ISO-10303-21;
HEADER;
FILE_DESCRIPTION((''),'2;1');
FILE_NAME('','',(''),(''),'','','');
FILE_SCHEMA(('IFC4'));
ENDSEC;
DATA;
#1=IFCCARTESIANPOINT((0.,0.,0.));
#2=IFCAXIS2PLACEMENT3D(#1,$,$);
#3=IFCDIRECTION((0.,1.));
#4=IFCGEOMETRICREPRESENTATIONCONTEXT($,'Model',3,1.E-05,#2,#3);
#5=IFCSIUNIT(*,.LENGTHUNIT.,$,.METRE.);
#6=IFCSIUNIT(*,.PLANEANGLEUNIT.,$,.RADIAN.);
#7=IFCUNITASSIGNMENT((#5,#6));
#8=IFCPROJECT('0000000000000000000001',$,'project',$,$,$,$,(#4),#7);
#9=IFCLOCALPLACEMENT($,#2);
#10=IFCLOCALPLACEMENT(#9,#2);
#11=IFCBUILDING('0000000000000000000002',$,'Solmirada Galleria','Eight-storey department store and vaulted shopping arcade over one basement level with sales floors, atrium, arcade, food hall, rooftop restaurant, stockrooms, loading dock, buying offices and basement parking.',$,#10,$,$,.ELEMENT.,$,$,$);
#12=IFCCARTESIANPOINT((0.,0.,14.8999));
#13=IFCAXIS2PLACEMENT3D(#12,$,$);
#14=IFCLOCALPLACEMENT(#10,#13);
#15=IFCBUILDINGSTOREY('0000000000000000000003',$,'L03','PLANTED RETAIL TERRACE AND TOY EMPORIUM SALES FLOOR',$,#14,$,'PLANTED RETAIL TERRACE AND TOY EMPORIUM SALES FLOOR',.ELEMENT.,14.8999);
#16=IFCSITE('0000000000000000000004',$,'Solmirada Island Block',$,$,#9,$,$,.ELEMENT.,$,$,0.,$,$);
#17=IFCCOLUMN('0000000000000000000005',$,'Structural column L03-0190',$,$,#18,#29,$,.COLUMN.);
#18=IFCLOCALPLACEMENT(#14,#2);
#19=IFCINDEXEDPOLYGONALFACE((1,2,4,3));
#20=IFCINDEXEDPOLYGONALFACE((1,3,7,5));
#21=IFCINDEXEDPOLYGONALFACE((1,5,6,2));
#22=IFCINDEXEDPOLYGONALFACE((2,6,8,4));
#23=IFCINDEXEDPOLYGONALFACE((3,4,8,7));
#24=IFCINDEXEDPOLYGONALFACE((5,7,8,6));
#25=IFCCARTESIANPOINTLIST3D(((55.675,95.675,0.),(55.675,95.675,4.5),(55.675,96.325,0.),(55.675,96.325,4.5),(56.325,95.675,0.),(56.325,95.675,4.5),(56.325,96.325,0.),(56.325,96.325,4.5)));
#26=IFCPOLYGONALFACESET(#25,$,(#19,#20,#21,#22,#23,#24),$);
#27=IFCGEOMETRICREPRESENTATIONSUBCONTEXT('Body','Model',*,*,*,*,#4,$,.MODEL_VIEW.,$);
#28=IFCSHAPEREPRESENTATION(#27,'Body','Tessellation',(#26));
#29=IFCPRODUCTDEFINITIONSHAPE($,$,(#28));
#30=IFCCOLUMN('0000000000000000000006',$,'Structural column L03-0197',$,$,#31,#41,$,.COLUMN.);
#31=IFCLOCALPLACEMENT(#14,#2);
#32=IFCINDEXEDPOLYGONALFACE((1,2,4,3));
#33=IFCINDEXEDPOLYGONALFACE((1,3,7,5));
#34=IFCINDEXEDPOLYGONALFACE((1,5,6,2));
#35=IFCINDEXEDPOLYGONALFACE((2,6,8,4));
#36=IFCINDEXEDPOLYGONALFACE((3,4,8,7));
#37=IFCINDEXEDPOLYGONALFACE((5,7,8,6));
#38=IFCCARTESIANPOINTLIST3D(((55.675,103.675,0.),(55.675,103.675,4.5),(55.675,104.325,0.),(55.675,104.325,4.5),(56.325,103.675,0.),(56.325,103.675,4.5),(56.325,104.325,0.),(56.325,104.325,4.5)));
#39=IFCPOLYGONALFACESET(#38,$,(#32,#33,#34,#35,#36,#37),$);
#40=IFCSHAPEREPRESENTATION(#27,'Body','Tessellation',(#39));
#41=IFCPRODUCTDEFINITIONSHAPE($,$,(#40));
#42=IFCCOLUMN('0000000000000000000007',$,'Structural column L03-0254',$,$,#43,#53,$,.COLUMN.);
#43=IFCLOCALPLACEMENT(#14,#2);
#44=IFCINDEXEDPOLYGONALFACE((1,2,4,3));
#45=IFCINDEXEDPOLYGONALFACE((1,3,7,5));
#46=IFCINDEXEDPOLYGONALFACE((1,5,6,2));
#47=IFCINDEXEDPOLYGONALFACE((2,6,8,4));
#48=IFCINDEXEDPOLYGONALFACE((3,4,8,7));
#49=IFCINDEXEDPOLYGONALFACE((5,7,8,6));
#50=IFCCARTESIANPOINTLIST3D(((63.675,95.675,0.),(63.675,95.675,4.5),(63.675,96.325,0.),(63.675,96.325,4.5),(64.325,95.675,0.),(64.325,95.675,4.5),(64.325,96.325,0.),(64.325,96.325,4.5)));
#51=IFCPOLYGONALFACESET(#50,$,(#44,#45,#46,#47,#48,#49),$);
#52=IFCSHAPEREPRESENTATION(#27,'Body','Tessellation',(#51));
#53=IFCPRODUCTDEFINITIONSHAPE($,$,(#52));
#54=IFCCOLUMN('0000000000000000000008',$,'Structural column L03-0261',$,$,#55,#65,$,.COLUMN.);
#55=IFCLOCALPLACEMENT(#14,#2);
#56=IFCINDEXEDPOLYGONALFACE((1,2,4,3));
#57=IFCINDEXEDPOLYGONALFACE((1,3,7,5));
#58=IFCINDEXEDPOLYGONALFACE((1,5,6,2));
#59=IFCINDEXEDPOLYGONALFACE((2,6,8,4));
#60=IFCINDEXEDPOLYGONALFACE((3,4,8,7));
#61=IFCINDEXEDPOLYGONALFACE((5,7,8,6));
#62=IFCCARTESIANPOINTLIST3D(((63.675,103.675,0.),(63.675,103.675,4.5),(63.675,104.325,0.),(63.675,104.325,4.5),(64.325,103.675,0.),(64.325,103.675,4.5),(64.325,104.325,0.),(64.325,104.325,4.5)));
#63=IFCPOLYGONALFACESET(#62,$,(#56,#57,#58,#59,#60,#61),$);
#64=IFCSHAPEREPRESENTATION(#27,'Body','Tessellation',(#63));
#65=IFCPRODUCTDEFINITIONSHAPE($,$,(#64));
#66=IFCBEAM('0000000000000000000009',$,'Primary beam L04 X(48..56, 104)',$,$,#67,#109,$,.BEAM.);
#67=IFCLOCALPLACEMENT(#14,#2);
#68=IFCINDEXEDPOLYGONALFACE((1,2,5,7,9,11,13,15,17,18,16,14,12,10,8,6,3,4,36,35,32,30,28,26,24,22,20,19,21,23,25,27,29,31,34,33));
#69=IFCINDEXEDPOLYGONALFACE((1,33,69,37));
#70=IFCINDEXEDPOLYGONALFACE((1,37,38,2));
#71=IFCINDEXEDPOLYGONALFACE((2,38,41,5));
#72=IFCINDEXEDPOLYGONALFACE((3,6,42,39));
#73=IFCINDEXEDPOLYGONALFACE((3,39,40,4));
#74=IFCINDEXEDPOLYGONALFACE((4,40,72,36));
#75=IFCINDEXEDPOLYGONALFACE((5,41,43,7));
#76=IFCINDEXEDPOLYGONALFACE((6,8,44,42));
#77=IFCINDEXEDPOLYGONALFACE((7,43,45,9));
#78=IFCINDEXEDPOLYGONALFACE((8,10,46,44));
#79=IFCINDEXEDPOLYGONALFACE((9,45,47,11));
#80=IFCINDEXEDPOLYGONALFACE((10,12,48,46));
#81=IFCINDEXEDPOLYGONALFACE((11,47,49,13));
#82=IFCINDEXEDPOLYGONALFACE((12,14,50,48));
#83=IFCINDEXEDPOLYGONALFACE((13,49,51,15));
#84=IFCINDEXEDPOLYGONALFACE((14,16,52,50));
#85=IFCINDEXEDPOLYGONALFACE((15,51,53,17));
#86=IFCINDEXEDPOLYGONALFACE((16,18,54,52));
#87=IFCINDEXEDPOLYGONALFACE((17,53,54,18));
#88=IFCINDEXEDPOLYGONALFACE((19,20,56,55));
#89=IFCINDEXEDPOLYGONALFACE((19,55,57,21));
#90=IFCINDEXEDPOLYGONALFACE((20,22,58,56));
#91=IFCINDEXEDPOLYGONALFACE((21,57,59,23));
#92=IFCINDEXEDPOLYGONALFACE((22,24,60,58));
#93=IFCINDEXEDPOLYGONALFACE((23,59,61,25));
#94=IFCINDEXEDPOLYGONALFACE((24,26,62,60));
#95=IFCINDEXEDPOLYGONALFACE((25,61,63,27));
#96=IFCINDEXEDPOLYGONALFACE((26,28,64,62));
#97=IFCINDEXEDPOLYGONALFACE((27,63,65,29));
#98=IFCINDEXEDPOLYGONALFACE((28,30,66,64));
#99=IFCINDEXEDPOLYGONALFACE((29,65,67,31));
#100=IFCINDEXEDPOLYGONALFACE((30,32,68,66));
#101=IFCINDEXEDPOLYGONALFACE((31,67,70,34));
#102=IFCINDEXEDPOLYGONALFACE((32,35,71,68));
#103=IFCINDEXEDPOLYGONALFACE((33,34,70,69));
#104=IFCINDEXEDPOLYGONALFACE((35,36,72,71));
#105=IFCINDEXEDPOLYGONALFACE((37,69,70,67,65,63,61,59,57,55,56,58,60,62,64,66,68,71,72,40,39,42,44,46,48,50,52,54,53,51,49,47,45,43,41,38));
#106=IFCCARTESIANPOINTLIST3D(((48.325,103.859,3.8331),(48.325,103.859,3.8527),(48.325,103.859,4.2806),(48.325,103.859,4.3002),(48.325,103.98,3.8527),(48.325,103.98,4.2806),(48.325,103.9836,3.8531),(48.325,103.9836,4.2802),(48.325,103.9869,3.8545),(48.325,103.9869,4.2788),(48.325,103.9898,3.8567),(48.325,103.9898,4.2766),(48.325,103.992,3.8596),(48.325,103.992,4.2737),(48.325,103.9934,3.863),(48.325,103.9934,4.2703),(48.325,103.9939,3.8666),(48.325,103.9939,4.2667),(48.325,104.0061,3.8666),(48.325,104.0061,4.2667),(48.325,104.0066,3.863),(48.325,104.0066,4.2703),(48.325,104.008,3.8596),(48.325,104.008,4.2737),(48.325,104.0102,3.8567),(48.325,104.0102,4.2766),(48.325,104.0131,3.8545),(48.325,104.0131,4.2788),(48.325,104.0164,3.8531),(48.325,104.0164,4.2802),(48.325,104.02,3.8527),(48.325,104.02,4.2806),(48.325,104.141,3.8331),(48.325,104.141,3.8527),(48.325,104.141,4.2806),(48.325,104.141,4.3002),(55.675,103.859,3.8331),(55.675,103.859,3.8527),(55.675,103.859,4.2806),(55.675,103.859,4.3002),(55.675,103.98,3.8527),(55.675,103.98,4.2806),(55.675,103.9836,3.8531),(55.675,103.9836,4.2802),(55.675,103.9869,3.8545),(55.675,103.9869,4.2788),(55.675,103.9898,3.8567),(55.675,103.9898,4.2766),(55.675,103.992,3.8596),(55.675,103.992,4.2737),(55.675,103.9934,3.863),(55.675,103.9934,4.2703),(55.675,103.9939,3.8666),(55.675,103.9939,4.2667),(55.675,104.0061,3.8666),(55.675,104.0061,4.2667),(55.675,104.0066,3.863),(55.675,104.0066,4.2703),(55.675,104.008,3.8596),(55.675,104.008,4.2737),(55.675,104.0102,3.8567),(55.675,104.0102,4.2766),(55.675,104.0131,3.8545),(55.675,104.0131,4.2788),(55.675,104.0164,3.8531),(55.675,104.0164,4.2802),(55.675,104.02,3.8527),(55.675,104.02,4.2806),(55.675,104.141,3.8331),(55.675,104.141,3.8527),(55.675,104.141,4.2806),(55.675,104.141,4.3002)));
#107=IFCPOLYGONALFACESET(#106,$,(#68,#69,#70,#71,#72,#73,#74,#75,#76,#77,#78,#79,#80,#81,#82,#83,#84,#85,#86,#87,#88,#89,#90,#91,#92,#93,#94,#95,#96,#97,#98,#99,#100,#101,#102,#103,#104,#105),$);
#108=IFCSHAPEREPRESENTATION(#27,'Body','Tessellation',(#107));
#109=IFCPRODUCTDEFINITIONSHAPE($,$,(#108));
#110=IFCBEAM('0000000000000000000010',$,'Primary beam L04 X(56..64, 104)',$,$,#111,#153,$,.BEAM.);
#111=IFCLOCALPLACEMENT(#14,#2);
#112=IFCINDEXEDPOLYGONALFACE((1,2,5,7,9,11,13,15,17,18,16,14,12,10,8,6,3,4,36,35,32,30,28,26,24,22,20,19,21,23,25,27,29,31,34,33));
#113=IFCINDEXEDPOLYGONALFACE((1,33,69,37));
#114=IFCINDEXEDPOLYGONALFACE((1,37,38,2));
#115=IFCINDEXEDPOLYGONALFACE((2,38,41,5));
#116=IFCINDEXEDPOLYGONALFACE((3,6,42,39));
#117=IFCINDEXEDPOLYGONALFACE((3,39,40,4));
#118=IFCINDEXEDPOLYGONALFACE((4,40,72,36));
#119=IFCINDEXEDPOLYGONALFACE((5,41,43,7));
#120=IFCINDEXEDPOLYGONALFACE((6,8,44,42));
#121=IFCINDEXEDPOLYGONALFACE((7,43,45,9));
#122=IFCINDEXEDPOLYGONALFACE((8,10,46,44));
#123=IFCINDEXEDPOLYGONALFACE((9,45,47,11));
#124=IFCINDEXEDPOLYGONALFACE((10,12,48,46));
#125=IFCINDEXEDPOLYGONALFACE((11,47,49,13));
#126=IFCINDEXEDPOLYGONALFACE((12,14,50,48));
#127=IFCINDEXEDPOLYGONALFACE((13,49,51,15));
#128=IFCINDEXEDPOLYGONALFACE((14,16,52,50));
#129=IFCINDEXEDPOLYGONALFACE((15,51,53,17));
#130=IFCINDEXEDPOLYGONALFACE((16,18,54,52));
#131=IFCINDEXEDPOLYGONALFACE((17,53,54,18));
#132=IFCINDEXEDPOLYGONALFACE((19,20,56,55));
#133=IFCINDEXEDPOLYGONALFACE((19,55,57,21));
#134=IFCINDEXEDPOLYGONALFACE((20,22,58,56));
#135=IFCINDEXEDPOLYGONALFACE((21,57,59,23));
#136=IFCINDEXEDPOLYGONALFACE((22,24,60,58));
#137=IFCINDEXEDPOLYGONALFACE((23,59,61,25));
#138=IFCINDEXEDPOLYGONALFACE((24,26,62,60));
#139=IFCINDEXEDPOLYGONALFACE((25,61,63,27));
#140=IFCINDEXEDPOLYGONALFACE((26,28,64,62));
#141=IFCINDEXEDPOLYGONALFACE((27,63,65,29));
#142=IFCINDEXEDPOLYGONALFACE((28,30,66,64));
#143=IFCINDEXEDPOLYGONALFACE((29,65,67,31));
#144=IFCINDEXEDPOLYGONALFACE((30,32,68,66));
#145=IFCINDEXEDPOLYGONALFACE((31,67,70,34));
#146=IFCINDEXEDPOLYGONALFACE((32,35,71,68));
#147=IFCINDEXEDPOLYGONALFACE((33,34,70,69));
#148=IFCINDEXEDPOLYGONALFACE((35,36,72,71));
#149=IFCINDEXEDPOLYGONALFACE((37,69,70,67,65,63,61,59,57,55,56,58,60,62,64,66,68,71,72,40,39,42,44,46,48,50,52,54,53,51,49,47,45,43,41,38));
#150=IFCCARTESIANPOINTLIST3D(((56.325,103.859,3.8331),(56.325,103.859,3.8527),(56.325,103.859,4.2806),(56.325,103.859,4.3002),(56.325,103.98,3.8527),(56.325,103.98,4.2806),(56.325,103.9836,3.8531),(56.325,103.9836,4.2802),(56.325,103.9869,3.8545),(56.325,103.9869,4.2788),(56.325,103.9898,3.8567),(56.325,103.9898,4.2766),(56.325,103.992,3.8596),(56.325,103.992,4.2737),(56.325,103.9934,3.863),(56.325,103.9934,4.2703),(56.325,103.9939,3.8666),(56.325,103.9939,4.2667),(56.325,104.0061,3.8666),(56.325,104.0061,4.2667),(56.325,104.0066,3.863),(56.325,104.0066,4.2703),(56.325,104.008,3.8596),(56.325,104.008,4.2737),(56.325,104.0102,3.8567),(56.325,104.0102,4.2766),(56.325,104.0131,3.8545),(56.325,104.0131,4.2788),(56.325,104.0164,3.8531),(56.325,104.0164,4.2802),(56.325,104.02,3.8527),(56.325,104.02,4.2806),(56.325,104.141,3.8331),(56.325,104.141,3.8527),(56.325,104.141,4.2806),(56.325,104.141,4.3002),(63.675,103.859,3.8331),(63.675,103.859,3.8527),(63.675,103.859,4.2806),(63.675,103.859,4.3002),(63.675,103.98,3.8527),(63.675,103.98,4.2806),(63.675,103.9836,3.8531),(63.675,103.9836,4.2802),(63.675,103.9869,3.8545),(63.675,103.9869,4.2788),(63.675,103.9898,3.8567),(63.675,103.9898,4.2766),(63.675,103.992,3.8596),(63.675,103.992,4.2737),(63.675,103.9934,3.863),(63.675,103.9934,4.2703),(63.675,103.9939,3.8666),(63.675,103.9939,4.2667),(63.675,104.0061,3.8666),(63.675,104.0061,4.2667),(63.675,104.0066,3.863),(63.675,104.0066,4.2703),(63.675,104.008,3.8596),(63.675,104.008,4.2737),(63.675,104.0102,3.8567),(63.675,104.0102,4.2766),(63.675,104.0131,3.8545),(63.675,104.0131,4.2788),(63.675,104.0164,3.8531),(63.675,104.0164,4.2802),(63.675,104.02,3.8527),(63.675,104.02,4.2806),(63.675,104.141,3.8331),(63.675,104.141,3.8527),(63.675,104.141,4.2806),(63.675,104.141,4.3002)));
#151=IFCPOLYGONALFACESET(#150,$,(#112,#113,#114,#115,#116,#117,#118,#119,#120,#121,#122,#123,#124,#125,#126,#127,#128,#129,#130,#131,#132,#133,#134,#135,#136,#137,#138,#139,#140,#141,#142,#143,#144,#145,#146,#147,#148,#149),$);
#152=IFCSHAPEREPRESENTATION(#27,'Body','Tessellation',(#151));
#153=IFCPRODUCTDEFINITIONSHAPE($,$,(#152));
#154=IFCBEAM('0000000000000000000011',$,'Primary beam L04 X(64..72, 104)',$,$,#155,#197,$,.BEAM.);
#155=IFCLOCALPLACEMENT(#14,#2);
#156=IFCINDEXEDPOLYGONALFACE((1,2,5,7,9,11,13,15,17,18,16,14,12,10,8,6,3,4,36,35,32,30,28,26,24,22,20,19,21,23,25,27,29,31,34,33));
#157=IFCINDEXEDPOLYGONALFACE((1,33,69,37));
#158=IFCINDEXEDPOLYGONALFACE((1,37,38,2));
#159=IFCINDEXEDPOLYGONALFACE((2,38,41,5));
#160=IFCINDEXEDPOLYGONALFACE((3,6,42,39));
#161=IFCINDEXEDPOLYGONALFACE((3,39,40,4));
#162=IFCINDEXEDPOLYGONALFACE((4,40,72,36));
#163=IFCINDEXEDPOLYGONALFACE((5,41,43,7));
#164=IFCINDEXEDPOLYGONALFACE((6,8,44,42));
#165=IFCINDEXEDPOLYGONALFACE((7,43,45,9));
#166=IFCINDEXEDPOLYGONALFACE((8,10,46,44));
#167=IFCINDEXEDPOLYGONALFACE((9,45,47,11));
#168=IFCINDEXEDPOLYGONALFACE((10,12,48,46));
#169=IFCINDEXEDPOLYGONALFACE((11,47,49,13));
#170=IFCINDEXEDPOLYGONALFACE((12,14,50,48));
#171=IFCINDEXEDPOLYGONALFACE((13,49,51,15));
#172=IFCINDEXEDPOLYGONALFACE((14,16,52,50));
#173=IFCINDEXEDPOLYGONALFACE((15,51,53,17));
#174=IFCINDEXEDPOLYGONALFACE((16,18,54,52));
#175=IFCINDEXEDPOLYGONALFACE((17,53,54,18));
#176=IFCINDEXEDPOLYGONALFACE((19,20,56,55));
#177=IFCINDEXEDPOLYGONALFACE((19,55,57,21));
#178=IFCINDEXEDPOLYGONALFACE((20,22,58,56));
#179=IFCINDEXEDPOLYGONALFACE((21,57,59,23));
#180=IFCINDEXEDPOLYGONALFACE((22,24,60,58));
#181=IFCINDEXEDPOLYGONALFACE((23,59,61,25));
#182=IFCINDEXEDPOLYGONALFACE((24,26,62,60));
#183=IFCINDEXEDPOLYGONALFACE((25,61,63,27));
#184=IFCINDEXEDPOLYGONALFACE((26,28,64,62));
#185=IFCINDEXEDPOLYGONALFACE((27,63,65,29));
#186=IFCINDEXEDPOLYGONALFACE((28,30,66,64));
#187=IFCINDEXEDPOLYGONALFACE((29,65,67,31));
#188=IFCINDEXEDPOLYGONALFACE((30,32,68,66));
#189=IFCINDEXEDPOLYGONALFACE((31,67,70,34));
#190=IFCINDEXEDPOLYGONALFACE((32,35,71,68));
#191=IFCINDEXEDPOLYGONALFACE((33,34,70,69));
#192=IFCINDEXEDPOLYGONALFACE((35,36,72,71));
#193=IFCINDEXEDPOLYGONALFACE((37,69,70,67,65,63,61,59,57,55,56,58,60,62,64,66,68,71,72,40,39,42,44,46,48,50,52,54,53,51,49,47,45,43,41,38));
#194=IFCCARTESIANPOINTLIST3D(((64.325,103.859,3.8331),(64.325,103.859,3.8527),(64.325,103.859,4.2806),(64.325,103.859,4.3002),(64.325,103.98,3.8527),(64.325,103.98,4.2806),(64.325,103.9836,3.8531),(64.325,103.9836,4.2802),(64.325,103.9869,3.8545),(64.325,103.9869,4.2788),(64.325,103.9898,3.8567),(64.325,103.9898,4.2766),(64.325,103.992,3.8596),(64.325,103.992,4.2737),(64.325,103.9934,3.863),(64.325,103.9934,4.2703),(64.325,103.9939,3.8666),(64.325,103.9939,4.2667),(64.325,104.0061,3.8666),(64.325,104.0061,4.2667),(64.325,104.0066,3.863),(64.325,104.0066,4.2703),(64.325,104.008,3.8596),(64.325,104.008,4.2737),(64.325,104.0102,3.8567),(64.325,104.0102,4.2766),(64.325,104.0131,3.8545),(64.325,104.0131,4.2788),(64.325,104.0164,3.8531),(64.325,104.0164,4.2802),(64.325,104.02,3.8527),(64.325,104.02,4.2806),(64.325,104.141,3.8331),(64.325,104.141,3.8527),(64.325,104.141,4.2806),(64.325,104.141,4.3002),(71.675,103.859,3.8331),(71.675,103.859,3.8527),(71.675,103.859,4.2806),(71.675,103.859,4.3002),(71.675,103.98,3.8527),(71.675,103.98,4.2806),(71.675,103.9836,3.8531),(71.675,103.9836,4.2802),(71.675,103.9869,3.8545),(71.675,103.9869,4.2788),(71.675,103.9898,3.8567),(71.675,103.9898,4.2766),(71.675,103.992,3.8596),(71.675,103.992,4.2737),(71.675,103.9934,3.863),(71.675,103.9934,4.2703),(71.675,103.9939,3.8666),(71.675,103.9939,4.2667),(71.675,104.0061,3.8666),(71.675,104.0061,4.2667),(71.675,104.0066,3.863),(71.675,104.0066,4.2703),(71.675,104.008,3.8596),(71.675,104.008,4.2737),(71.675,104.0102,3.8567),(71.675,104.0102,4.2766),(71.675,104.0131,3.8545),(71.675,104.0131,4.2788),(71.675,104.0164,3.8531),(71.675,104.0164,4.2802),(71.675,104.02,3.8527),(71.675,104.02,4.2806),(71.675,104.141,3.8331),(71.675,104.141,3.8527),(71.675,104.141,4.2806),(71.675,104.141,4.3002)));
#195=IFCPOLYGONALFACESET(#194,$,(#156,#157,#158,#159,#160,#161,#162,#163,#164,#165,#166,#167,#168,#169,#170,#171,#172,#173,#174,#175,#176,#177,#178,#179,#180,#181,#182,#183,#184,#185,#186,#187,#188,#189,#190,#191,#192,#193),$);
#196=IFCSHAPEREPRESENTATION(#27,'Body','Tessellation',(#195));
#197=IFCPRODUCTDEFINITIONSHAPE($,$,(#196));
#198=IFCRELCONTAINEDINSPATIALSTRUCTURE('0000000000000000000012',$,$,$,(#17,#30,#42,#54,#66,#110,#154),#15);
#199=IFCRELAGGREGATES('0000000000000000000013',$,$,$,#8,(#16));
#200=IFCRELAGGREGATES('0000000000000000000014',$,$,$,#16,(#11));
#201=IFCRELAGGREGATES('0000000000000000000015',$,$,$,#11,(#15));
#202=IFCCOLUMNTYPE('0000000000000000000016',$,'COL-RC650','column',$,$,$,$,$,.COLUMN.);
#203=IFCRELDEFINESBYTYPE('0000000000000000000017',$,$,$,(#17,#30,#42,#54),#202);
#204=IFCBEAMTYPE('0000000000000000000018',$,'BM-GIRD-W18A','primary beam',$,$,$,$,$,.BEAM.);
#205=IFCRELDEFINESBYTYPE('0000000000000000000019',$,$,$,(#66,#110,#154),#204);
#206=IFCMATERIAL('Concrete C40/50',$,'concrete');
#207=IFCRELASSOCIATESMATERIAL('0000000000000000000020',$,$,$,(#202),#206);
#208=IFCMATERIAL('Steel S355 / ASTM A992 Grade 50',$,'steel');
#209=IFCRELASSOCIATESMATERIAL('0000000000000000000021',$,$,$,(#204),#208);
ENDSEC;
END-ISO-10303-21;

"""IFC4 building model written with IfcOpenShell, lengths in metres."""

from ifc_helpers import new_model, si_unit, direction, frame, origin, origin_2d, place, context, subcontext, project, spatial, rectangle, i_section, extrude, material, material_profile, profile_set, type_object, element, save


model = new_model("IFC4")

# Units and contexts
model_context = context("Model", 3, precision=1e-05, world=origin(), true_north=direction((0.0, 1.0)))
body_context = subcontext(model_context, "Body", "Model", "MODEL_VIEW")
ifc_project = project(units=[si_unit("LENGTHUNIT", "METRE"), si_unit("PLANEANGLEUNIT", "RADIAN")], contexts=[model_context])

# Site, building, storey
site_placement = place(None, origin())
site = spatial("IfcSite", under=ifc_project, at=site_placement, Name="Solmirada Island Block", CompositionType="ELEMENT", RefElevation=0.0)
building_placement = place(site_placement, origin())
building = spatial("IfcBuilding", under=site, at=building_placement, Name="Solmirada Galleria", Description="Eight-storey department store and vaulted shopping arcade over one basement level with sales floors, atrium, arcade, food hall, rooftop restaurant, stockrooms, loading dock, buying offices and basement parking.", CompositionType="ELEMENT")
storey_placement = place(building_placement, frame((0.0, 0.0, 14.8999)))
storey = spatial("IfcBuildingStorey", under=building, at=storey_placement, Name="L03", Description="PLANTED RETAIL TERRACE AND TOY EMPORIUM SALES FLOOR", LongName="PLANTED RETAIL TERRACE AND TOY EMPORIUM SALES FLOOR", CompositionType="ELEMENT", Elevation=14.8999)

# Columns
ifc_material_1 = material(Name="Concrete C40/50", Category="concrete")
ifc_material_profile_1 = material_profile(ifc_material_1, rectangle(XDim=0.6499, YDim=0.6499, at=origin_2d()), Name="RC650X650")
ifc_profile_set_1 = profile_set([ifc_material_profile_1], Name="Concrete C40/50")
column_type = type_object("IfcColumnType", Name="COL-RC650", Description="column", PredefinedType="COLUMN", material=ifc_profile_set_1)
for number, where, z_axis, x_axis, name in (
    (1, (56.0, 96.0, 0.0), (0.0, 0.0, 1.0), (1.0, 0.0, 0.0), "Structural column L03-0190"),
    (2, (56.0, 104.0, 0.0), (0.0, 0.0, 1.0), (1.0, 0.0, 0.0), "Structural column L03-0197"),
    (3, (64.0, 96.0, 0.0), (0.0, 0.0, 1.0), (1.0, 0.0, 0.0), "Structural column L03-0254"),
    (4, (64.0, 104.0, 0.0), (0.0, 0.0, 1.0), (1.0, 0.0, 0.0), "Structural column L03-0261"),
):
    element("IfcColumn", number, at=place(storey_placement, frame(where, z_axis=z_axis, x_axis=x_axis)), inside=storey, type_object=column_type, Name=name, PredefinedType="COLUMN", context=body_context, shape_type="SweptSolid", body=[
        extrude(rectangle(XDim=0.6499, YDim=0.6499, at=origin_2d()), origin(), (0.0, 0.0, 1.0), 4.5),
    ])

# Beams
ifc_material_2 = material(Name="Steel S355 / ASTM A992 Grade 50", Category="steel")
ifc_material_profile_2 = material_profile(ifc_material_2, i_section(OverallWidth=0.282, OverallDepth=0.467, WebThickness=0.0122, FlangeThickness=0.0195, FilletRadius=0.0139, at=origin_2d()), Name="W18X86")
ifc_profile_set_2 = profile_set([ifc_material_profile_2], Name="Steel S355 / ASTM A992 Grade 50")
beam_type_1 = type_object("IfcBeamType", Name="BM-GIRD-W18A", Description="primary beam", PredefinedType="BEAM", material=ifc_profile_set_2)
for number, where, z_axis, x_axis, name in (
    (5, (48.325, 104.0, 4.0667), (1.0, 0.0, 0.0), (0.0, 1.0, 0.0), "Primary beam L04 X(48..56, 104)"),
    (6, (56.325, 104.0, 4.0667), (1.0, 0.0, 0.0), (0.0, 1.0, 0.0), "Primary beam L04 X(56..64, 104)"),
    (7, (64.325, 104.0, 4.0667), (1.0, 0.0, 0.0), (0.0, 1.0, 0.0), "Primary beam L04 X(64..72, 104)"),
):
    element("IfcBeam", number, at=place(storey_placement, frame(where, z_axis=z_axis, x_axis=x_axis)), inside=storey, type_object=beam_type_1, Name=name, PredefinedType="BEAM", context=body_context, shape_type="SweptSolid", body=[
        extrude(i_section(OverallWidth=0.282, OverallDepth=0.467, WebThickness=0.0122, FlangeThickness=0.0195, FilletRadius=0.0139, at=origin_2d()), origin(), (0.0, 0.0, 1.0), 7.3501),
    ])

save(model, "model.ifc")
